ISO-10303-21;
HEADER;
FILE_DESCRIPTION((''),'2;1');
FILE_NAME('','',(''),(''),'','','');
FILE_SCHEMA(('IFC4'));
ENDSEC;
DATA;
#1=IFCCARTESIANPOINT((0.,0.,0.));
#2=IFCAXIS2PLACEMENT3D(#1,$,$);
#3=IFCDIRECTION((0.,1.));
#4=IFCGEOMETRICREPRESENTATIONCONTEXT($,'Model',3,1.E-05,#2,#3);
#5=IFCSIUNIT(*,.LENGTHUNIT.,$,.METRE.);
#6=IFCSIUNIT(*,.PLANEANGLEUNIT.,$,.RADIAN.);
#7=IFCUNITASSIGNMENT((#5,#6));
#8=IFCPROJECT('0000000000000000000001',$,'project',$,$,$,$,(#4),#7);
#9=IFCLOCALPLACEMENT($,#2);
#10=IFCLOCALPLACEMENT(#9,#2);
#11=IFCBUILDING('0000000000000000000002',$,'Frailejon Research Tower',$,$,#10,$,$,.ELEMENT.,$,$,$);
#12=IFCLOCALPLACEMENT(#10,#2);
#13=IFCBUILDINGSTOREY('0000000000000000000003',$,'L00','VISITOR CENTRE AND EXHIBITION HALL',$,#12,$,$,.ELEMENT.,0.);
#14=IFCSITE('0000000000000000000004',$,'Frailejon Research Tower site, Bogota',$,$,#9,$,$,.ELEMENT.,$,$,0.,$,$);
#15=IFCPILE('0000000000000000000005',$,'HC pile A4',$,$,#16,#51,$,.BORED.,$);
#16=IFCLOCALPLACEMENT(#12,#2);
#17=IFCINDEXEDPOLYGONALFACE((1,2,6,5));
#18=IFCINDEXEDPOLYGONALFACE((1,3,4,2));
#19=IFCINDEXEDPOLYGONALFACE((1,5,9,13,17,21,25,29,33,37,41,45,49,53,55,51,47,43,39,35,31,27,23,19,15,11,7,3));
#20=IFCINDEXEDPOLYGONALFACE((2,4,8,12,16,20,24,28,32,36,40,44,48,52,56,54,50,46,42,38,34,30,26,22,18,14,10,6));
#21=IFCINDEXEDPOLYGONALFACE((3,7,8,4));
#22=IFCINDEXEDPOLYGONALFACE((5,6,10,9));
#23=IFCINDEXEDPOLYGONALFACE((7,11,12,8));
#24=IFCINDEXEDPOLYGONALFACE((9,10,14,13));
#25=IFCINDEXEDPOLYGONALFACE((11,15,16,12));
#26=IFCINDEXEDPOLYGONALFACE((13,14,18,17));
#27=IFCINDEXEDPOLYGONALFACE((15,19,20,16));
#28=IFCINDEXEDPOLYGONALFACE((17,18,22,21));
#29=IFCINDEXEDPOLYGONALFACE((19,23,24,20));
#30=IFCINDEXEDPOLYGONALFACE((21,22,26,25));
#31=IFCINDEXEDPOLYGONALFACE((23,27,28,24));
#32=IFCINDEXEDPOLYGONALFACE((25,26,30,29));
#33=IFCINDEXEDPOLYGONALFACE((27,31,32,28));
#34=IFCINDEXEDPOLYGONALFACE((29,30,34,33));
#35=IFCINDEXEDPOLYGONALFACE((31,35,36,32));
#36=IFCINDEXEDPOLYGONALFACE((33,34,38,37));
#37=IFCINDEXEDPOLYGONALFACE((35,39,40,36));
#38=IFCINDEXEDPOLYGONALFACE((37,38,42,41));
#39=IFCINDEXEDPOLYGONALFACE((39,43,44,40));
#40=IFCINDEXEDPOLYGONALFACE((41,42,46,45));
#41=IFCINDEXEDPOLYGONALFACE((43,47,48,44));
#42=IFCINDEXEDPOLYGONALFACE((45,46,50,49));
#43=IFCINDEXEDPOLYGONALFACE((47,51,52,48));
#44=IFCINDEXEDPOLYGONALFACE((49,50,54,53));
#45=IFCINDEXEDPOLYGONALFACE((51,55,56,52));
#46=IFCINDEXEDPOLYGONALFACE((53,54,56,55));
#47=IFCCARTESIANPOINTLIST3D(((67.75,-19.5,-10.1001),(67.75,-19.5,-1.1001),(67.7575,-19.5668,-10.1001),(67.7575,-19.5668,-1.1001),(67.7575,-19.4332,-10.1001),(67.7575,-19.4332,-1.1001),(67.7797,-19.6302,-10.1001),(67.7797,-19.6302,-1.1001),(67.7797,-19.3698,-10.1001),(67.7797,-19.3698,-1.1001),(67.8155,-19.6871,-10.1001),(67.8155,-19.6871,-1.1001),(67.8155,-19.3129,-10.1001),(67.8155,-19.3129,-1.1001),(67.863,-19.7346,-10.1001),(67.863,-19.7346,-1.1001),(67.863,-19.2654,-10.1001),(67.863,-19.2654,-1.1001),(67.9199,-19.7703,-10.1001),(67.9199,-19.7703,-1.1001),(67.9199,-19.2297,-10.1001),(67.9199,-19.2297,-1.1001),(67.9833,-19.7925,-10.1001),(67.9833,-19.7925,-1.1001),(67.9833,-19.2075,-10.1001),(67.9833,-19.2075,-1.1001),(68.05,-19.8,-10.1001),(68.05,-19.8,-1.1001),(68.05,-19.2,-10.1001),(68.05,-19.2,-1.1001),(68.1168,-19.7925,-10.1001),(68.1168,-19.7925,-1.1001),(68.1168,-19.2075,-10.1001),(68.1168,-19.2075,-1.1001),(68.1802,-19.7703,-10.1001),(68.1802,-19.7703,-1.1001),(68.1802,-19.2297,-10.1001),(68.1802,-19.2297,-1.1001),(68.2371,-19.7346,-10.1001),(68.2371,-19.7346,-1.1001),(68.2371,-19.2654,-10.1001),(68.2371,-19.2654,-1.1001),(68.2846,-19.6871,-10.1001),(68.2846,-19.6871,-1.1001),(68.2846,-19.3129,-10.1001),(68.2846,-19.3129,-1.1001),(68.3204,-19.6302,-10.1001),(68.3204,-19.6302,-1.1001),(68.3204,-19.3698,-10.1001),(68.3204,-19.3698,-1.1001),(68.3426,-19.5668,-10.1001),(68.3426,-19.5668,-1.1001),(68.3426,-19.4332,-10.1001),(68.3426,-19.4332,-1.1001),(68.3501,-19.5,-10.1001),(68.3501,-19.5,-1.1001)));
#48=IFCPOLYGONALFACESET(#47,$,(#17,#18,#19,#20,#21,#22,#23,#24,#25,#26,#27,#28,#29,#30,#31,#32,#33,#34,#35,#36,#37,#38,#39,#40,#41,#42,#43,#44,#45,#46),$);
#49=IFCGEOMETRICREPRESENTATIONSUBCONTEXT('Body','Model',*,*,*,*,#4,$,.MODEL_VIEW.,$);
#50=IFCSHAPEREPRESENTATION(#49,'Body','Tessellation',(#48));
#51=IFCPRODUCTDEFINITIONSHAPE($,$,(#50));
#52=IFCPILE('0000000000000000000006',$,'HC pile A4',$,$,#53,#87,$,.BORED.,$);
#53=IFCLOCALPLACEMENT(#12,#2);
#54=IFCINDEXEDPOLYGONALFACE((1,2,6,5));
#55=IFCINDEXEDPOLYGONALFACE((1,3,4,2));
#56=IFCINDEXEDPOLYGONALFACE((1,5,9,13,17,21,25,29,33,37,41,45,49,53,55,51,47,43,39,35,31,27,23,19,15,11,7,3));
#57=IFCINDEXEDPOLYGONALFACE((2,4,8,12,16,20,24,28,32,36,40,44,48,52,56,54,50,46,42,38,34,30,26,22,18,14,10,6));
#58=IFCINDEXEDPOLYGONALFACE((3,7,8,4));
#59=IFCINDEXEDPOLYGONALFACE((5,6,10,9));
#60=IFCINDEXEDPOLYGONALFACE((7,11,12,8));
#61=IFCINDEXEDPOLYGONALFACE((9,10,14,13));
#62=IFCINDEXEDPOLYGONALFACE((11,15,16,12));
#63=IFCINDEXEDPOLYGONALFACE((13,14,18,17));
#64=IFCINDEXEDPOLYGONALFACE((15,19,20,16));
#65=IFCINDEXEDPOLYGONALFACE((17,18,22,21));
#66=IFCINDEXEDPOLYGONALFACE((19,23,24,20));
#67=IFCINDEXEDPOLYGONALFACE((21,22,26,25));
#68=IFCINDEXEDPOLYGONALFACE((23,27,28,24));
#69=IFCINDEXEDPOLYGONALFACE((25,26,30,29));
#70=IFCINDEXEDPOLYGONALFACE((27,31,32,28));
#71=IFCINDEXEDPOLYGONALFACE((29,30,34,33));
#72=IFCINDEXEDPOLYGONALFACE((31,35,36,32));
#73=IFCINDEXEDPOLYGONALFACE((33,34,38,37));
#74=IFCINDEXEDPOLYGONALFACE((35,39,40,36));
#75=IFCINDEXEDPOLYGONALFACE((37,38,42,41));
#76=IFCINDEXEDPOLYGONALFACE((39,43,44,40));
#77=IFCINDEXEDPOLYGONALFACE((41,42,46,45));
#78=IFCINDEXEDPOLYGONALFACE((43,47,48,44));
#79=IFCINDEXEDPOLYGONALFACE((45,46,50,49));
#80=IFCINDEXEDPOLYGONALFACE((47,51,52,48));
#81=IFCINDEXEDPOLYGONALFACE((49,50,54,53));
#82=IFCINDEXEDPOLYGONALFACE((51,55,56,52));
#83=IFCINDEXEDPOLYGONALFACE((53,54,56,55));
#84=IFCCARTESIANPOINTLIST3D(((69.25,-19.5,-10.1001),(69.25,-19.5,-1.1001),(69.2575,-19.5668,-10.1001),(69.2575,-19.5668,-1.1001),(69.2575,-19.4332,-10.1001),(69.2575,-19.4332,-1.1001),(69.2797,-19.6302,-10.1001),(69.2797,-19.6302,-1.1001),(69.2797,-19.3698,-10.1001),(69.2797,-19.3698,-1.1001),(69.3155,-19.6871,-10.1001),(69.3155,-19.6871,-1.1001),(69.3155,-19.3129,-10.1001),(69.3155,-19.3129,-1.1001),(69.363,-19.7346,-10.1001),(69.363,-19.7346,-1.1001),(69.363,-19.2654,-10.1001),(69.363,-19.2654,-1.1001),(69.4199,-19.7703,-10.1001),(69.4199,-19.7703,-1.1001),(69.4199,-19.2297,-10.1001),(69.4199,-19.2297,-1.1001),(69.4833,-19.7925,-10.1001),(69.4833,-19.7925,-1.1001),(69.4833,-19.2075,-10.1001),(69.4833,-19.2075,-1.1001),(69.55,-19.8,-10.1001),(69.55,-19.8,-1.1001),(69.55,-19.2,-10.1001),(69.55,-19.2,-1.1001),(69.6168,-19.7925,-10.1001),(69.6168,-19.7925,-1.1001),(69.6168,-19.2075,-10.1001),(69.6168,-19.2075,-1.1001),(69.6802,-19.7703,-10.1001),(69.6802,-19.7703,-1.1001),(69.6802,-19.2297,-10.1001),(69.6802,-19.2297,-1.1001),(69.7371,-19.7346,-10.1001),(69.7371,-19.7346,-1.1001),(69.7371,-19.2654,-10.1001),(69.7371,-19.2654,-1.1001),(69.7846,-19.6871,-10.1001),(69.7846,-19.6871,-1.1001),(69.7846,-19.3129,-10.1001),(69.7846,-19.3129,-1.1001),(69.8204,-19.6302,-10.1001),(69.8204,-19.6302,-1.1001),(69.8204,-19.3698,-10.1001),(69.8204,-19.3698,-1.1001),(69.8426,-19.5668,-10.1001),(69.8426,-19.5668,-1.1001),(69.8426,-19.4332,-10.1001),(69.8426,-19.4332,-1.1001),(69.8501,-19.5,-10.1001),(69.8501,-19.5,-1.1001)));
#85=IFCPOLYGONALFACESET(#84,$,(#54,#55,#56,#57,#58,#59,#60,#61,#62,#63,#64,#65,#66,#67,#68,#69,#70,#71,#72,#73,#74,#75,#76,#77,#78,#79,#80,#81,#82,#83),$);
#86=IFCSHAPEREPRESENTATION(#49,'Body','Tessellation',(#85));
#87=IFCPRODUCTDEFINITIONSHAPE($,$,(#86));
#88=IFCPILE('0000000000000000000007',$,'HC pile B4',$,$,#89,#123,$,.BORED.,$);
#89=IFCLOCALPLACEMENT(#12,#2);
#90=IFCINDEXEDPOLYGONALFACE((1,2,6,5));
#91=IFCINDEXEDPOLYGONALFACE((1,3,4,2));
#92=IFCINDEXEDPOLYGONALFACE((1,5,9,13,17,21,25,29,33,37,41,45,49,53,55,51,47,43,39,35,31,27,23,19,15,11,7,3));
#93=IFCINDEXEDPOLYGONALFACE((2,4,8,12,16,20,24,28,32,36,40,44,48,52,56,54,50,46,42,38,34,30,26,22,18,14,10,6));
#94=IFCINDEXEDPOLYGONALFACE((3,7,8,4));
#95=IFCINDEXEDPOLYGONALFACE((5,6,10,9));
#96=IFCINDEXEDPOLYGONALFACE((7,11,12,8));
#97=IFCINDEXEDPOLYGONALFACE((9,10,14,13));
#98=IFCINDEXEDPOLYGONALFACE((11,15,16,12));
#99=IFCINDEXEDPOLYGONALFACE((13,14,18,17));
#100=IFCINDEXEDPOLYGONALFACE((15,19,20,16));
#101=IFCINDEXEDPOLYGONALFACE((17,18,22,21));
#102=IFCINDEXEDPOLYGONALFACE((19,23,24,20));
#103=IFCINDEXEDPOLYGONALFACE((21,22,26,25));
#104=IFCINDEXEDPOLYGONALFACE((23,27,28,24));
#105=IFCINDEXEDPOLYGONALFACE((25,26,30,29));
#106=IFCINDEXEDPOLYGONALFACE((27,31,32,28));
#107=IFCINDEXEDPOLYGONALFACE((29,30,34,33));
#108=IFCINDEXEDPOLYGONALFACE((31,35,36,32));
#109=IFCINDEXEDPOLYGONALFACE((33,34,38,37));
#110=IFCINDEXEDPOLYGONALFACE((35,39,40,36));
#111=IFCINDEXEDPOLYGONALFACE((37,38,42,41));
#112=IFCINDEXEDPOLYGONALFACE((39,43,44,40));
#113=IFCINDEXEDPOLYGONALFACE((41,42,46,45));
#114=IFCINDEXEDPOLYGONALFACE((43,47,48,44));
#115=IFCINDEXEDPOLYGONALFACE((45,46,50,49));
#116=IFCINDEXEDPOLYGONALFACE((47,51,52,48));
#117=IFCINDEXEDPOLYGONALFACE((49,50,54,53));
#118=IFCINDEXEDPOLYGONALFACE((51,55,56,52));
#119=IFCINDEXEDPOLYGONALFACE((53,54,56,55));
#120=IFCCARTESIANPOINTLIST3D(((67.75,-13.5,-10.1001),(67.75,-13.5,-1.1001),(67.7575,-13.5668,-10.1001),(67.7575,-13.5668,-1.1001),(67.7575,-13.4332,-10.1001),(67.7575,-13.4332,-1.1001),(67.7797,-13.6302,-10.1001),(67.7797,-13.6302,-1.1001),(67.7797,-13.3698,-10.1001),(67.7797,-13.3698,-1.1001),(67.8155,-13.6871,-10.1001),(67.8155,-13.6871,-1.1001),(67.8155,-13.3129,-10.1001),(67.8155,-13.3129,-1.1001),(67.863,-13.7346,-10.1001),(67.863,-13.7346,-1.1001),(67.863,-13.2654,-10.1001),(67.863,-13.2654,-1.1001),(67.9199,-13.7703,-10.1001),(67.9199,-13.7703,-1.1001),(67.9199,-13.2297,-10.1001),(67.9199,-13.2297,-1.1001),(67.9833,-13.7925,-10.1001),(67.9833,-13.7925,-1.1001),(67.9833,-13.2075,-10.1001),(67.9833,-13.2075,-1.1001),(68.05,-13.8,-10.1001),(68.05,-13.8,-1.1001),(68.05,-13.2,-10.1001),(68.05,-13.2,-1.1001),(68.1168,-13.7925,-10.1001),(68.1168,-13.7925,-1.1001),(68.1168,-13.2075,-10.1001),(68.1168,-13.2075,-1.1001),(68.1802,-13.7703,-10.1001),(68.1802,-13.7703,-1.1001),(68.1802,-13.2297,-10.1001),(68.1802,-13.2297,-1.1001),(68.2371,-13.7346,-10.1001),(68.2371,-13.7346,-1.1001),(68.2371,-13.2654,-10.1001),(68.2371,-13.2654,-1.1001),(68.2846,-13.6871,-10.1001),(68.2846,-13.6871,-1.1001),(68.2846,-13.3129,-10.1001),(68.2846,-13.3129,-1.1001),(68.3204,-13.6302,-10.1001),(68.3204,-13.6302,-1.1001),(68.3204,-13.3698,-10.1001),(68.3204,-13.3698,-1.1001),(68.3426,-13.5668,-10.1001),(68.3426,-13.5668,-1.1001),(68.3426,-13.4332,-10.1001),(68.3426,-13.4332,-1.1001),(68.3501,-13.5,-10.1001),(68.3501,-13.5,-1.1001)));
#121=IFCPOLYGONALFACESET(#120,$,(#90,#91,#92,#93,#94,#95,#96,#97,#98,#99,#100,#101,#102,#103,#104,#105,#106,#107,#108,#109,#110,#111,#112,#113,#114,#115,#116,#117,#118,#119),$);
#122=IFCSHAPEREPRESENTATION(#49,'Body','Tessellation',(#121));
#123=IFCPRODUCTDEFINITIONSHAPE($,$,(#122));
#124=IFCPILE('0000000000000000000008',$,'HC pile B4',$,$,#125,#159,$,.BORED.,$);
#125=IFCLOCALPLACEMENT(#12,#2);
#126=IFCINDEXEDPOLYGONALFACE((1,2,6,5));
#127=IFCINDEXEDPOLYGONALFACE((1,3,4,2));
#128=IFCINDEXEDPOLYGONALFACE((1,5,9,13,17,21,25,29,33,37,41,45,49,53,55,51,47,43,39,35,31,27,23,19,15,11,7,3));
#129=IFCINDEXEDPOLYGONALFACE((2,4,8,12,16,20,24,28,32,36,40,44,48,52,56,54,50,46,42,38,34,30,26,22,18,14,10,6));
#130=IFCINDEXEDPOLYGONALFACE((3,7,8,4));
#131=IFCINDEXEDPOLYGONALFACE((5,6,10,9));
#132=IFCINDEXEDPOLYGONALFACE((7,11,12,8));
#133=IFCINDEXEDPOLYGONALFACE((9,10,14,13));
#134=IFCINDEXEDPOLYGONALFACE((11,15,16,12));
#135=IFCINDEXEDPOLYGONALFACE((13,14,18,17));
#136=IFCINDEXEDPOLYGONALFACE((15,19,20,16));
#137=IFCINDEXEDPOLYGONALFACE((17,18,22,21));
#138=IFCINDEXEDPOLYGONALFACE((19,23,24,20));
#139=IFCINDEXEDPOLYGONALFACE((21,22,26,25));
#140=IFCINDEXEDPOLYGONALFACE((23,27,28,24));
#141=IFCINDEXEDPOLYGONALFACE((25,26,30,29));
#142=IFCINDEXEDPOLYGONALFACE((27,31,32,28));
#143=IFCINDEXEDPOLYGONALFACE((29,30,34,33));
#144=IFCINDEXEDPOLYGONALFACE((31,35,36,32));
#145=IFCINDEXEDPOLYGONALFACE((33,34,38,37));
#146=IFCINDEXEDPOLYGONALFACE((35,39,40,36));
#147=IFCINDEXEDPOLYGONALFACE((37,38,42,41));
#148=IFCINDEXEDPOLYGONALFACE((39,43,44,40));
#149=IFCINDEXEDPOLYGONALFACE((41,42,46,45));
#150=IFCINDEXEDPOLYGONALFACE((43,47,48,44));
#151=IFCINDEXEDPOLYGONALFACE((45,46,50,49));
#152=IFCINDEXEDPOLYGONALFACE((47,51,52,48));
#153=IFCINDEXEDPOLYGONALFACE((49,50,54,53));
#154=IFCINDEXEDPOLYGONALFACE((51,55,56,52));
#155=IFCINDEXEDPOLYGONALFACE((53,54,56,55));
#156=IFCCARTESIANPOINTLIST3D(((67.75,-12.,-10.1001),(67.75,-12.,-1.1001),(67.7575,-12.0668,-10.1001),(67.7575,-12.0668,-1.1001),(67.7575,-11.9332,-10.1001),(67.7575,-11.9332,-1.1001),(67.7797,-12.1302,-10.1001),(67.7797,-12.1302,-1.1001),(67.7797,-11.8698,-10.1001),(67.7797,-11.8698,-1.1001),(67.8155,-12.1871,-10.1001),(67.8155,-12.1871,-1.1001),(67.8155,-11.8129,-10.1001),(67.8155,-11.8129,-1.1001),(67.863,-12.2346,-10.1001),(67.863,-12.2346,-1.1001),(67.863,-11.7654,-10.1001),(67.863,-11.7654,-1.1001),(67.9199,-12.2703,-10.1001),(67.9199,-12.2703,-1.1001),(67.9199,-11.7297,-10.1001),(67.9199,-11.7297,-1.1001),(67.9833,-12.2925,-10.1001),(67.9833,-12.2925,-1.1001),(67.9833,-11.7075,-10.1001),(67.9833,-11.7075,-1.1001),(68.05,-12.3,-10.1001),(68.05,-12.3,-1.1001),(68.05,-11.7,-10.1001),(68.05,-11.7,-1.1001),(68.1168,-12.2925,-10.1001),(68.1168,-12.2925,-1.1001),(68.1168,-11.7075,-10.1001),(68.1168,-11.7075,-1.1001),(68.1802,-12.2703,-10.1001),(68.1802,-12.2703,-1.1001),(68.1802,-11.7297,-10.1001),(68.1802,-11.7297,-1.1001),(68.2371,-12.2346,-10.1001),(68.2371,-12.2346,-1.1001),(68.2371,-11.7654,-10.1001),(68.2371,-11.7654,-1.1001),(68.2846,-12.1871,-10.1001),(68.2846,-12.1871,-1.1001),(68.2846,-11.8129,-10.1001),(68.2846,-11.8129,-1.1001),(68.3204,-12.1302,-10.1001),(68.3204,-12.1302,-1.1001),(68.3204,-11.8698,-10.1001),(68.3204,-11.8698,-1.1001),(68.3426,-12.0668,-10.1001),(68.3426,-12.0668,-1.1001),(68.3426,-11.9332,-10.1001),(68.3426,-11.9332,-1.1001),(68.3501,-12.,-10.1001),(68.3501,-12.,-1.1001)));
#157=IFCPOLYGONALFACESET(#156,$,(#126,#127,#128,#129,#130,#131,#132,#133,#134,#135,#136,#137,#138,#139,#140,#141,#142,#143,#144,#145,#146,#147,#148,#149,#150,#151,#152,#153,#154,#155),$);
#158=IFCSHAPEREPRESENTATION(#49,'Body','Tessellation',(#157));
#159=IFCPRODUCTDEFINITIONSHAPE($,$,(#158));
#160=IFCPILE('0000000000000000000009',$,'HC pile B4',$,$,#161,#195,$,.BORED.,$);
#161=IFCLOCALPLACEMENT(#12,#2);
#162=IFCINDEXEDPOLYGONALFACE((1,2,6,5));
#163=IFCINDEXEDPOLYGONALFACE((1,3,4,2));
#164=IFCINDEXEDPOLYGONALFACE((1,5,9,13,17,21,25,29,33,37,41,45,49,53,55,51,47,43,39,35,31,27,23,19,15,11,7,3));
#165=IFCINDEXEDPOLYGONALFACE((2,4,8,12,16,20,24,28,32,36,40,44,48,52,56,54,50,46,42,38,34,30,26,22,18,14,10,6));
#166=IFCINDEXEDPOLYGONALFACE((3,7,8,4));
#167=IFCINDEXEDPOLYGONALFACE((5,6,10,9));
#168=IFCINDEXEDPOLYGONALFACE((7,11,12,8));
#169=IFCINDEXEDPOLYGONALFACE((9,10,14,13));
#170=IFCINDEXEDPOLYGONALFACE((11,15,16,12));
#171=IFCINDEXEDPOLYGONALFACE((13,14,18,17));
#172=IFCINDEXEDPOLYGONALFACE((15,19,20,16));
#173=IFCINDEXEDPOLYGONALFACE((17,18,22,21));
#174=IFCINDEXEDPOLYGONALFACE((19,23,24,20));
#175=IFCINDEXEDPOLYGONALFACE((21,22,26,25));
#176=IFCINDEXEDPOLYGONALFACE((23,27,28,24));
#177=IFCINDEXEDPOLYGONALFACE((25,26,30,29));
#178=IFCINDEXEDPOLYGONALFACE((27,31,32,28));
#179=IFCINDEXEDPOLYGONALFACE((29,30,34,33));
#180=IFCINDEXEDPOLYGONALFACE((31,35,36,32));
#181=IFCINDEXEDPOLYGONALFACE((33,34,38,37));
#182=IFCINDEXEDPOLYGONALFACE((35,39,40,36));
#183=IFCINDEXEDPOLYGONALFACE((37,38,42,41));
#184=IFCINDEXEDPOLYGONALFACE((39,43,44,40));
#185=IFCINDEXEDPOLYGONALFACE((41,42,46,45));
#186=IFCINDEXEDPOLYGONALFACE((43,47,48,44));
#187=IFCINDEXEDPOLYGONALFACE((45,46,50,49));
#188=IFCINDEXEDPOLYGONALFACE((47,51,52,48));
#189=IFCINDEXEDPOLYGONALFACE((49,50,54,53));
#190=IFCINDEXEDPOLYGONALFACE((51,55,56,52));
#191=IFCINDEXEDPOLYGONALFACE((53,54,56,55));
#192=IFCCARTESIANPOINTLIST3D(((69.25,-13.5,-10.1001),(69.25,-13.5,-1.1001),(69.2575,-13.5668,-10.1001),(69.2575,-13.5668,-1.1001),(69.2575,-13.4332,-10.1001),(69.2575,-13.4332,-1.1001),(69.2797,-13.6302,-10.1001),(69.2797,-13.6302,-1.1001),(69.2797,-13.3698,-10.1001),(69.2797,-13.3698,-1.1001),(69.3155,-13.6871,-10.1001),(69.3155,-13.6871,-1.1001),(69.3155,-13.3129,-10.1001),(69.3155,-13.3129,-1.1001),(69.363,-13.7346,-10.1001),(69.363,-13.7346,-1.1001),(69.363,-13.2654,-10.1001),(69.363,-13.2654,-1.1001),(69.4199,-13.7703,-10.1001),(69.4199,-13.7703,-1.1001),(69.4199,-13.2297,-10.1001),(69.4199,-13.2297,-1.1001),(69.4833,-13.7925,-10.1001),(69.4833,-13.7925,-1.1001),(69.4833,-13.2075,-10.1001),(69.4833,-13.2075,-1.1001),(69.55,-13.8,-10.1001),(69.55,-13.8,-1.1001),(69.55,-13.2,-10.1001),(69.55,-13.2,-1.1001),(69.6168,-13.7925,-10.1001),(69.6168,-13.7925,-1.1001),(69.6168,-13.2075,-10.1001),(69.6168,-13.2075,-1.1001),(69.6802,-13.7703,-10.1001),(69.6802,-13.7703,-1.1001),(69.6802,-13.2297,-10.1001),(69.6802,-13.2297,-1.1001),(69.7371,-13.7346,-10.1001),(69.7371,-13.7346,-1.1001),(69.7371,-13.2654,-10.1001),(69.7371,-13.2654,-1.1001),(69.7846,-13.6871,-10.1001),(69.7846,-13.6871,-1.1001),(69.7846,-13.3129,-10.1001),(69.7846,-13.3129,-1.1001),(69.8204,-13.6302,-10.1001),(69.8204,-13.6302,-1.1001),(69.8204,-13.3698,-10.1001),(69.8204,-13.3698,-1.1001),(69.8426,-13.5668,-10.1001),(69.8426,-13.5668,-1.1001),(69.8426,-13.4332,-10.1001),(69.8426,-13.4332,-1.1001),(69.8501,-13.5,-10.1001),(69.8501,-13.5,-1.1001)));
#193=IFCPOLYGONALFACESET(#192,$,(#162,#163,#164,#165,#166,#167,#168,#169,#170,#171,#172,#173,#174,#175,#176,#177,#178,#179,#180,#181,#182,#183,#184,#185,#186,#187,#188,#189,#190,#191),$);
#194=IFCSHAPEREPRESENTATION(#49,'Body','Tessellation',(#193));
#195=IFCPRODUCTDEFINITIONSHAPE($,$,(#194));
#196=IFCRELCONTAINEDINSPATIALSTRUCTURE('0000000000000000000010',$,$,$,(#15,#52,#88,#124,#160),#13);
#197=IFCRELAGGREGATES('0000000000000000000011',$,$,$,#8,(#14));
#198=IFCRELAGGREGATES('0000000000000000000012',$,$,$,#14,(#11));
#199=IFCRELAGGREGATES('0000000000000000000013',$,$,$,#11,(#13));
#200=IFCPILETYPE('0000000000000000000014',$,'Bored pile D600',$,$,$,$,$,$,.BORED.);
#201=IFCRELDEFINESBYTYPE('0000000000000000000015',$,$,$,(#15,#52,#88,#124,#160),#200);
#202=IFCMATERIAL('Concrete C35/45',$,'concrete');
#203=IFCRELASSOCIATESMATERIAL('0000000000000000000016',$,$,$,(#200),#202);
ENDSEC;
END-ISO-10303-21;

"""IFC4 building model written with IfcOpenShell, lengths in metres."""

from ifc_helpers import new_model, si_unit, direction, frame, origin, origin_2d, place, context, subcontext, project, spatial, circle, extrude, material, material_profile, profile_set, type_object, element, save


model = new_model("IFC4")

# Units and contexts
model_context = context("Model", 3, precision=1e-05, world=origin(), true_north=direction((0.0, 1.0)))
body_context = subcontext(model_context, "Body", "Model", "MODEL_VIEW")
ifc_project = project(units=[si_unit("LENGTHUNIT", "METRE"), si_unit("PLANEANGLEUNIT", "RADIAN")], contexts=[model_context])

# Site, building, storey
site_placement = place(None, origin())
site = spatial("IfcSite", under=ifc_project, at=site_placement, Name="Frailejon Research Tower site, Bogota", CompositionType="ELEMENT", RefElevation=0.0)
building_placement = place(site_placement, origin())
building = spatial("IfcBuilding", under=site, at=building_placement, Name="Frailejon Research Tower", CompositionType="ELEMENT")
storey_placement = place(building_placement, origin())
storey = spatial("IfcBuildingStorey", under=building, at=storey_placement, Name="L00", Description="VISITOR CENTRE AND EXHIBITION HALL", CompositionType="ELEMENT", Elevation=0.0)

# Piles
ifc_material_1 = material(Name="Concrete C35/45", Category="concrete")
ifc_material_profile_1 = material_profile(ifc_material_1, circle(Radius=0.3, at=origin_2d()), Name="Bored pile D600")
ifc_profile_set_1 = profile_set([ifc_material_profile_1], Name="Concrete C35/45")
pile_type = type_object("IfcPileType", Name="Bored pile D600", PredefinedType="BORED", material=ifc_profile_set_1)
for number, where, z_axis, x_axis, name in (
    (1, (68.05, -19.5, -1.1001), (0.0, 0.0, -1.0), (1.0, 0.0, 0.0), "HC pile A4"),
    (2, (69.55, -19.5, -1.1001), (0.0, 0.0, -1.0), (1.0, 0.0, 0.0), "HC pile A4"),
    (3, (68.05, -13.5, -1.1001), (0.0, 0.0, -1.0), (1.0, 0.0, 0.0), "HC pile B4"),
    (4, (68.05, -12.0, -1.1001), (0.0, 0.0, -1.0), (1.0, 0.0, 0.0), "HC pile B4"),
    (5, (69.55, -13.5, -1.1001), (0.0, 0.0, -1.0), (1.0, 0.0, 0.0), "HC pile B4"),
):
    element("IfcPile", number, at=place(storey_placement, frame(where, z_axis=z_axis, x_axis=x_axis)), inside=storey, type_object=pile_type, Name=name, PredefinedType="BORED", context=body_context, shape_type="SweptSolid", body=[
        extrude(circle(Radius=0.3, at=origin_2d()), origin(), (0.0, 0.0, 1.0), 9.0),
    ])

save(model, "model.ifc")
